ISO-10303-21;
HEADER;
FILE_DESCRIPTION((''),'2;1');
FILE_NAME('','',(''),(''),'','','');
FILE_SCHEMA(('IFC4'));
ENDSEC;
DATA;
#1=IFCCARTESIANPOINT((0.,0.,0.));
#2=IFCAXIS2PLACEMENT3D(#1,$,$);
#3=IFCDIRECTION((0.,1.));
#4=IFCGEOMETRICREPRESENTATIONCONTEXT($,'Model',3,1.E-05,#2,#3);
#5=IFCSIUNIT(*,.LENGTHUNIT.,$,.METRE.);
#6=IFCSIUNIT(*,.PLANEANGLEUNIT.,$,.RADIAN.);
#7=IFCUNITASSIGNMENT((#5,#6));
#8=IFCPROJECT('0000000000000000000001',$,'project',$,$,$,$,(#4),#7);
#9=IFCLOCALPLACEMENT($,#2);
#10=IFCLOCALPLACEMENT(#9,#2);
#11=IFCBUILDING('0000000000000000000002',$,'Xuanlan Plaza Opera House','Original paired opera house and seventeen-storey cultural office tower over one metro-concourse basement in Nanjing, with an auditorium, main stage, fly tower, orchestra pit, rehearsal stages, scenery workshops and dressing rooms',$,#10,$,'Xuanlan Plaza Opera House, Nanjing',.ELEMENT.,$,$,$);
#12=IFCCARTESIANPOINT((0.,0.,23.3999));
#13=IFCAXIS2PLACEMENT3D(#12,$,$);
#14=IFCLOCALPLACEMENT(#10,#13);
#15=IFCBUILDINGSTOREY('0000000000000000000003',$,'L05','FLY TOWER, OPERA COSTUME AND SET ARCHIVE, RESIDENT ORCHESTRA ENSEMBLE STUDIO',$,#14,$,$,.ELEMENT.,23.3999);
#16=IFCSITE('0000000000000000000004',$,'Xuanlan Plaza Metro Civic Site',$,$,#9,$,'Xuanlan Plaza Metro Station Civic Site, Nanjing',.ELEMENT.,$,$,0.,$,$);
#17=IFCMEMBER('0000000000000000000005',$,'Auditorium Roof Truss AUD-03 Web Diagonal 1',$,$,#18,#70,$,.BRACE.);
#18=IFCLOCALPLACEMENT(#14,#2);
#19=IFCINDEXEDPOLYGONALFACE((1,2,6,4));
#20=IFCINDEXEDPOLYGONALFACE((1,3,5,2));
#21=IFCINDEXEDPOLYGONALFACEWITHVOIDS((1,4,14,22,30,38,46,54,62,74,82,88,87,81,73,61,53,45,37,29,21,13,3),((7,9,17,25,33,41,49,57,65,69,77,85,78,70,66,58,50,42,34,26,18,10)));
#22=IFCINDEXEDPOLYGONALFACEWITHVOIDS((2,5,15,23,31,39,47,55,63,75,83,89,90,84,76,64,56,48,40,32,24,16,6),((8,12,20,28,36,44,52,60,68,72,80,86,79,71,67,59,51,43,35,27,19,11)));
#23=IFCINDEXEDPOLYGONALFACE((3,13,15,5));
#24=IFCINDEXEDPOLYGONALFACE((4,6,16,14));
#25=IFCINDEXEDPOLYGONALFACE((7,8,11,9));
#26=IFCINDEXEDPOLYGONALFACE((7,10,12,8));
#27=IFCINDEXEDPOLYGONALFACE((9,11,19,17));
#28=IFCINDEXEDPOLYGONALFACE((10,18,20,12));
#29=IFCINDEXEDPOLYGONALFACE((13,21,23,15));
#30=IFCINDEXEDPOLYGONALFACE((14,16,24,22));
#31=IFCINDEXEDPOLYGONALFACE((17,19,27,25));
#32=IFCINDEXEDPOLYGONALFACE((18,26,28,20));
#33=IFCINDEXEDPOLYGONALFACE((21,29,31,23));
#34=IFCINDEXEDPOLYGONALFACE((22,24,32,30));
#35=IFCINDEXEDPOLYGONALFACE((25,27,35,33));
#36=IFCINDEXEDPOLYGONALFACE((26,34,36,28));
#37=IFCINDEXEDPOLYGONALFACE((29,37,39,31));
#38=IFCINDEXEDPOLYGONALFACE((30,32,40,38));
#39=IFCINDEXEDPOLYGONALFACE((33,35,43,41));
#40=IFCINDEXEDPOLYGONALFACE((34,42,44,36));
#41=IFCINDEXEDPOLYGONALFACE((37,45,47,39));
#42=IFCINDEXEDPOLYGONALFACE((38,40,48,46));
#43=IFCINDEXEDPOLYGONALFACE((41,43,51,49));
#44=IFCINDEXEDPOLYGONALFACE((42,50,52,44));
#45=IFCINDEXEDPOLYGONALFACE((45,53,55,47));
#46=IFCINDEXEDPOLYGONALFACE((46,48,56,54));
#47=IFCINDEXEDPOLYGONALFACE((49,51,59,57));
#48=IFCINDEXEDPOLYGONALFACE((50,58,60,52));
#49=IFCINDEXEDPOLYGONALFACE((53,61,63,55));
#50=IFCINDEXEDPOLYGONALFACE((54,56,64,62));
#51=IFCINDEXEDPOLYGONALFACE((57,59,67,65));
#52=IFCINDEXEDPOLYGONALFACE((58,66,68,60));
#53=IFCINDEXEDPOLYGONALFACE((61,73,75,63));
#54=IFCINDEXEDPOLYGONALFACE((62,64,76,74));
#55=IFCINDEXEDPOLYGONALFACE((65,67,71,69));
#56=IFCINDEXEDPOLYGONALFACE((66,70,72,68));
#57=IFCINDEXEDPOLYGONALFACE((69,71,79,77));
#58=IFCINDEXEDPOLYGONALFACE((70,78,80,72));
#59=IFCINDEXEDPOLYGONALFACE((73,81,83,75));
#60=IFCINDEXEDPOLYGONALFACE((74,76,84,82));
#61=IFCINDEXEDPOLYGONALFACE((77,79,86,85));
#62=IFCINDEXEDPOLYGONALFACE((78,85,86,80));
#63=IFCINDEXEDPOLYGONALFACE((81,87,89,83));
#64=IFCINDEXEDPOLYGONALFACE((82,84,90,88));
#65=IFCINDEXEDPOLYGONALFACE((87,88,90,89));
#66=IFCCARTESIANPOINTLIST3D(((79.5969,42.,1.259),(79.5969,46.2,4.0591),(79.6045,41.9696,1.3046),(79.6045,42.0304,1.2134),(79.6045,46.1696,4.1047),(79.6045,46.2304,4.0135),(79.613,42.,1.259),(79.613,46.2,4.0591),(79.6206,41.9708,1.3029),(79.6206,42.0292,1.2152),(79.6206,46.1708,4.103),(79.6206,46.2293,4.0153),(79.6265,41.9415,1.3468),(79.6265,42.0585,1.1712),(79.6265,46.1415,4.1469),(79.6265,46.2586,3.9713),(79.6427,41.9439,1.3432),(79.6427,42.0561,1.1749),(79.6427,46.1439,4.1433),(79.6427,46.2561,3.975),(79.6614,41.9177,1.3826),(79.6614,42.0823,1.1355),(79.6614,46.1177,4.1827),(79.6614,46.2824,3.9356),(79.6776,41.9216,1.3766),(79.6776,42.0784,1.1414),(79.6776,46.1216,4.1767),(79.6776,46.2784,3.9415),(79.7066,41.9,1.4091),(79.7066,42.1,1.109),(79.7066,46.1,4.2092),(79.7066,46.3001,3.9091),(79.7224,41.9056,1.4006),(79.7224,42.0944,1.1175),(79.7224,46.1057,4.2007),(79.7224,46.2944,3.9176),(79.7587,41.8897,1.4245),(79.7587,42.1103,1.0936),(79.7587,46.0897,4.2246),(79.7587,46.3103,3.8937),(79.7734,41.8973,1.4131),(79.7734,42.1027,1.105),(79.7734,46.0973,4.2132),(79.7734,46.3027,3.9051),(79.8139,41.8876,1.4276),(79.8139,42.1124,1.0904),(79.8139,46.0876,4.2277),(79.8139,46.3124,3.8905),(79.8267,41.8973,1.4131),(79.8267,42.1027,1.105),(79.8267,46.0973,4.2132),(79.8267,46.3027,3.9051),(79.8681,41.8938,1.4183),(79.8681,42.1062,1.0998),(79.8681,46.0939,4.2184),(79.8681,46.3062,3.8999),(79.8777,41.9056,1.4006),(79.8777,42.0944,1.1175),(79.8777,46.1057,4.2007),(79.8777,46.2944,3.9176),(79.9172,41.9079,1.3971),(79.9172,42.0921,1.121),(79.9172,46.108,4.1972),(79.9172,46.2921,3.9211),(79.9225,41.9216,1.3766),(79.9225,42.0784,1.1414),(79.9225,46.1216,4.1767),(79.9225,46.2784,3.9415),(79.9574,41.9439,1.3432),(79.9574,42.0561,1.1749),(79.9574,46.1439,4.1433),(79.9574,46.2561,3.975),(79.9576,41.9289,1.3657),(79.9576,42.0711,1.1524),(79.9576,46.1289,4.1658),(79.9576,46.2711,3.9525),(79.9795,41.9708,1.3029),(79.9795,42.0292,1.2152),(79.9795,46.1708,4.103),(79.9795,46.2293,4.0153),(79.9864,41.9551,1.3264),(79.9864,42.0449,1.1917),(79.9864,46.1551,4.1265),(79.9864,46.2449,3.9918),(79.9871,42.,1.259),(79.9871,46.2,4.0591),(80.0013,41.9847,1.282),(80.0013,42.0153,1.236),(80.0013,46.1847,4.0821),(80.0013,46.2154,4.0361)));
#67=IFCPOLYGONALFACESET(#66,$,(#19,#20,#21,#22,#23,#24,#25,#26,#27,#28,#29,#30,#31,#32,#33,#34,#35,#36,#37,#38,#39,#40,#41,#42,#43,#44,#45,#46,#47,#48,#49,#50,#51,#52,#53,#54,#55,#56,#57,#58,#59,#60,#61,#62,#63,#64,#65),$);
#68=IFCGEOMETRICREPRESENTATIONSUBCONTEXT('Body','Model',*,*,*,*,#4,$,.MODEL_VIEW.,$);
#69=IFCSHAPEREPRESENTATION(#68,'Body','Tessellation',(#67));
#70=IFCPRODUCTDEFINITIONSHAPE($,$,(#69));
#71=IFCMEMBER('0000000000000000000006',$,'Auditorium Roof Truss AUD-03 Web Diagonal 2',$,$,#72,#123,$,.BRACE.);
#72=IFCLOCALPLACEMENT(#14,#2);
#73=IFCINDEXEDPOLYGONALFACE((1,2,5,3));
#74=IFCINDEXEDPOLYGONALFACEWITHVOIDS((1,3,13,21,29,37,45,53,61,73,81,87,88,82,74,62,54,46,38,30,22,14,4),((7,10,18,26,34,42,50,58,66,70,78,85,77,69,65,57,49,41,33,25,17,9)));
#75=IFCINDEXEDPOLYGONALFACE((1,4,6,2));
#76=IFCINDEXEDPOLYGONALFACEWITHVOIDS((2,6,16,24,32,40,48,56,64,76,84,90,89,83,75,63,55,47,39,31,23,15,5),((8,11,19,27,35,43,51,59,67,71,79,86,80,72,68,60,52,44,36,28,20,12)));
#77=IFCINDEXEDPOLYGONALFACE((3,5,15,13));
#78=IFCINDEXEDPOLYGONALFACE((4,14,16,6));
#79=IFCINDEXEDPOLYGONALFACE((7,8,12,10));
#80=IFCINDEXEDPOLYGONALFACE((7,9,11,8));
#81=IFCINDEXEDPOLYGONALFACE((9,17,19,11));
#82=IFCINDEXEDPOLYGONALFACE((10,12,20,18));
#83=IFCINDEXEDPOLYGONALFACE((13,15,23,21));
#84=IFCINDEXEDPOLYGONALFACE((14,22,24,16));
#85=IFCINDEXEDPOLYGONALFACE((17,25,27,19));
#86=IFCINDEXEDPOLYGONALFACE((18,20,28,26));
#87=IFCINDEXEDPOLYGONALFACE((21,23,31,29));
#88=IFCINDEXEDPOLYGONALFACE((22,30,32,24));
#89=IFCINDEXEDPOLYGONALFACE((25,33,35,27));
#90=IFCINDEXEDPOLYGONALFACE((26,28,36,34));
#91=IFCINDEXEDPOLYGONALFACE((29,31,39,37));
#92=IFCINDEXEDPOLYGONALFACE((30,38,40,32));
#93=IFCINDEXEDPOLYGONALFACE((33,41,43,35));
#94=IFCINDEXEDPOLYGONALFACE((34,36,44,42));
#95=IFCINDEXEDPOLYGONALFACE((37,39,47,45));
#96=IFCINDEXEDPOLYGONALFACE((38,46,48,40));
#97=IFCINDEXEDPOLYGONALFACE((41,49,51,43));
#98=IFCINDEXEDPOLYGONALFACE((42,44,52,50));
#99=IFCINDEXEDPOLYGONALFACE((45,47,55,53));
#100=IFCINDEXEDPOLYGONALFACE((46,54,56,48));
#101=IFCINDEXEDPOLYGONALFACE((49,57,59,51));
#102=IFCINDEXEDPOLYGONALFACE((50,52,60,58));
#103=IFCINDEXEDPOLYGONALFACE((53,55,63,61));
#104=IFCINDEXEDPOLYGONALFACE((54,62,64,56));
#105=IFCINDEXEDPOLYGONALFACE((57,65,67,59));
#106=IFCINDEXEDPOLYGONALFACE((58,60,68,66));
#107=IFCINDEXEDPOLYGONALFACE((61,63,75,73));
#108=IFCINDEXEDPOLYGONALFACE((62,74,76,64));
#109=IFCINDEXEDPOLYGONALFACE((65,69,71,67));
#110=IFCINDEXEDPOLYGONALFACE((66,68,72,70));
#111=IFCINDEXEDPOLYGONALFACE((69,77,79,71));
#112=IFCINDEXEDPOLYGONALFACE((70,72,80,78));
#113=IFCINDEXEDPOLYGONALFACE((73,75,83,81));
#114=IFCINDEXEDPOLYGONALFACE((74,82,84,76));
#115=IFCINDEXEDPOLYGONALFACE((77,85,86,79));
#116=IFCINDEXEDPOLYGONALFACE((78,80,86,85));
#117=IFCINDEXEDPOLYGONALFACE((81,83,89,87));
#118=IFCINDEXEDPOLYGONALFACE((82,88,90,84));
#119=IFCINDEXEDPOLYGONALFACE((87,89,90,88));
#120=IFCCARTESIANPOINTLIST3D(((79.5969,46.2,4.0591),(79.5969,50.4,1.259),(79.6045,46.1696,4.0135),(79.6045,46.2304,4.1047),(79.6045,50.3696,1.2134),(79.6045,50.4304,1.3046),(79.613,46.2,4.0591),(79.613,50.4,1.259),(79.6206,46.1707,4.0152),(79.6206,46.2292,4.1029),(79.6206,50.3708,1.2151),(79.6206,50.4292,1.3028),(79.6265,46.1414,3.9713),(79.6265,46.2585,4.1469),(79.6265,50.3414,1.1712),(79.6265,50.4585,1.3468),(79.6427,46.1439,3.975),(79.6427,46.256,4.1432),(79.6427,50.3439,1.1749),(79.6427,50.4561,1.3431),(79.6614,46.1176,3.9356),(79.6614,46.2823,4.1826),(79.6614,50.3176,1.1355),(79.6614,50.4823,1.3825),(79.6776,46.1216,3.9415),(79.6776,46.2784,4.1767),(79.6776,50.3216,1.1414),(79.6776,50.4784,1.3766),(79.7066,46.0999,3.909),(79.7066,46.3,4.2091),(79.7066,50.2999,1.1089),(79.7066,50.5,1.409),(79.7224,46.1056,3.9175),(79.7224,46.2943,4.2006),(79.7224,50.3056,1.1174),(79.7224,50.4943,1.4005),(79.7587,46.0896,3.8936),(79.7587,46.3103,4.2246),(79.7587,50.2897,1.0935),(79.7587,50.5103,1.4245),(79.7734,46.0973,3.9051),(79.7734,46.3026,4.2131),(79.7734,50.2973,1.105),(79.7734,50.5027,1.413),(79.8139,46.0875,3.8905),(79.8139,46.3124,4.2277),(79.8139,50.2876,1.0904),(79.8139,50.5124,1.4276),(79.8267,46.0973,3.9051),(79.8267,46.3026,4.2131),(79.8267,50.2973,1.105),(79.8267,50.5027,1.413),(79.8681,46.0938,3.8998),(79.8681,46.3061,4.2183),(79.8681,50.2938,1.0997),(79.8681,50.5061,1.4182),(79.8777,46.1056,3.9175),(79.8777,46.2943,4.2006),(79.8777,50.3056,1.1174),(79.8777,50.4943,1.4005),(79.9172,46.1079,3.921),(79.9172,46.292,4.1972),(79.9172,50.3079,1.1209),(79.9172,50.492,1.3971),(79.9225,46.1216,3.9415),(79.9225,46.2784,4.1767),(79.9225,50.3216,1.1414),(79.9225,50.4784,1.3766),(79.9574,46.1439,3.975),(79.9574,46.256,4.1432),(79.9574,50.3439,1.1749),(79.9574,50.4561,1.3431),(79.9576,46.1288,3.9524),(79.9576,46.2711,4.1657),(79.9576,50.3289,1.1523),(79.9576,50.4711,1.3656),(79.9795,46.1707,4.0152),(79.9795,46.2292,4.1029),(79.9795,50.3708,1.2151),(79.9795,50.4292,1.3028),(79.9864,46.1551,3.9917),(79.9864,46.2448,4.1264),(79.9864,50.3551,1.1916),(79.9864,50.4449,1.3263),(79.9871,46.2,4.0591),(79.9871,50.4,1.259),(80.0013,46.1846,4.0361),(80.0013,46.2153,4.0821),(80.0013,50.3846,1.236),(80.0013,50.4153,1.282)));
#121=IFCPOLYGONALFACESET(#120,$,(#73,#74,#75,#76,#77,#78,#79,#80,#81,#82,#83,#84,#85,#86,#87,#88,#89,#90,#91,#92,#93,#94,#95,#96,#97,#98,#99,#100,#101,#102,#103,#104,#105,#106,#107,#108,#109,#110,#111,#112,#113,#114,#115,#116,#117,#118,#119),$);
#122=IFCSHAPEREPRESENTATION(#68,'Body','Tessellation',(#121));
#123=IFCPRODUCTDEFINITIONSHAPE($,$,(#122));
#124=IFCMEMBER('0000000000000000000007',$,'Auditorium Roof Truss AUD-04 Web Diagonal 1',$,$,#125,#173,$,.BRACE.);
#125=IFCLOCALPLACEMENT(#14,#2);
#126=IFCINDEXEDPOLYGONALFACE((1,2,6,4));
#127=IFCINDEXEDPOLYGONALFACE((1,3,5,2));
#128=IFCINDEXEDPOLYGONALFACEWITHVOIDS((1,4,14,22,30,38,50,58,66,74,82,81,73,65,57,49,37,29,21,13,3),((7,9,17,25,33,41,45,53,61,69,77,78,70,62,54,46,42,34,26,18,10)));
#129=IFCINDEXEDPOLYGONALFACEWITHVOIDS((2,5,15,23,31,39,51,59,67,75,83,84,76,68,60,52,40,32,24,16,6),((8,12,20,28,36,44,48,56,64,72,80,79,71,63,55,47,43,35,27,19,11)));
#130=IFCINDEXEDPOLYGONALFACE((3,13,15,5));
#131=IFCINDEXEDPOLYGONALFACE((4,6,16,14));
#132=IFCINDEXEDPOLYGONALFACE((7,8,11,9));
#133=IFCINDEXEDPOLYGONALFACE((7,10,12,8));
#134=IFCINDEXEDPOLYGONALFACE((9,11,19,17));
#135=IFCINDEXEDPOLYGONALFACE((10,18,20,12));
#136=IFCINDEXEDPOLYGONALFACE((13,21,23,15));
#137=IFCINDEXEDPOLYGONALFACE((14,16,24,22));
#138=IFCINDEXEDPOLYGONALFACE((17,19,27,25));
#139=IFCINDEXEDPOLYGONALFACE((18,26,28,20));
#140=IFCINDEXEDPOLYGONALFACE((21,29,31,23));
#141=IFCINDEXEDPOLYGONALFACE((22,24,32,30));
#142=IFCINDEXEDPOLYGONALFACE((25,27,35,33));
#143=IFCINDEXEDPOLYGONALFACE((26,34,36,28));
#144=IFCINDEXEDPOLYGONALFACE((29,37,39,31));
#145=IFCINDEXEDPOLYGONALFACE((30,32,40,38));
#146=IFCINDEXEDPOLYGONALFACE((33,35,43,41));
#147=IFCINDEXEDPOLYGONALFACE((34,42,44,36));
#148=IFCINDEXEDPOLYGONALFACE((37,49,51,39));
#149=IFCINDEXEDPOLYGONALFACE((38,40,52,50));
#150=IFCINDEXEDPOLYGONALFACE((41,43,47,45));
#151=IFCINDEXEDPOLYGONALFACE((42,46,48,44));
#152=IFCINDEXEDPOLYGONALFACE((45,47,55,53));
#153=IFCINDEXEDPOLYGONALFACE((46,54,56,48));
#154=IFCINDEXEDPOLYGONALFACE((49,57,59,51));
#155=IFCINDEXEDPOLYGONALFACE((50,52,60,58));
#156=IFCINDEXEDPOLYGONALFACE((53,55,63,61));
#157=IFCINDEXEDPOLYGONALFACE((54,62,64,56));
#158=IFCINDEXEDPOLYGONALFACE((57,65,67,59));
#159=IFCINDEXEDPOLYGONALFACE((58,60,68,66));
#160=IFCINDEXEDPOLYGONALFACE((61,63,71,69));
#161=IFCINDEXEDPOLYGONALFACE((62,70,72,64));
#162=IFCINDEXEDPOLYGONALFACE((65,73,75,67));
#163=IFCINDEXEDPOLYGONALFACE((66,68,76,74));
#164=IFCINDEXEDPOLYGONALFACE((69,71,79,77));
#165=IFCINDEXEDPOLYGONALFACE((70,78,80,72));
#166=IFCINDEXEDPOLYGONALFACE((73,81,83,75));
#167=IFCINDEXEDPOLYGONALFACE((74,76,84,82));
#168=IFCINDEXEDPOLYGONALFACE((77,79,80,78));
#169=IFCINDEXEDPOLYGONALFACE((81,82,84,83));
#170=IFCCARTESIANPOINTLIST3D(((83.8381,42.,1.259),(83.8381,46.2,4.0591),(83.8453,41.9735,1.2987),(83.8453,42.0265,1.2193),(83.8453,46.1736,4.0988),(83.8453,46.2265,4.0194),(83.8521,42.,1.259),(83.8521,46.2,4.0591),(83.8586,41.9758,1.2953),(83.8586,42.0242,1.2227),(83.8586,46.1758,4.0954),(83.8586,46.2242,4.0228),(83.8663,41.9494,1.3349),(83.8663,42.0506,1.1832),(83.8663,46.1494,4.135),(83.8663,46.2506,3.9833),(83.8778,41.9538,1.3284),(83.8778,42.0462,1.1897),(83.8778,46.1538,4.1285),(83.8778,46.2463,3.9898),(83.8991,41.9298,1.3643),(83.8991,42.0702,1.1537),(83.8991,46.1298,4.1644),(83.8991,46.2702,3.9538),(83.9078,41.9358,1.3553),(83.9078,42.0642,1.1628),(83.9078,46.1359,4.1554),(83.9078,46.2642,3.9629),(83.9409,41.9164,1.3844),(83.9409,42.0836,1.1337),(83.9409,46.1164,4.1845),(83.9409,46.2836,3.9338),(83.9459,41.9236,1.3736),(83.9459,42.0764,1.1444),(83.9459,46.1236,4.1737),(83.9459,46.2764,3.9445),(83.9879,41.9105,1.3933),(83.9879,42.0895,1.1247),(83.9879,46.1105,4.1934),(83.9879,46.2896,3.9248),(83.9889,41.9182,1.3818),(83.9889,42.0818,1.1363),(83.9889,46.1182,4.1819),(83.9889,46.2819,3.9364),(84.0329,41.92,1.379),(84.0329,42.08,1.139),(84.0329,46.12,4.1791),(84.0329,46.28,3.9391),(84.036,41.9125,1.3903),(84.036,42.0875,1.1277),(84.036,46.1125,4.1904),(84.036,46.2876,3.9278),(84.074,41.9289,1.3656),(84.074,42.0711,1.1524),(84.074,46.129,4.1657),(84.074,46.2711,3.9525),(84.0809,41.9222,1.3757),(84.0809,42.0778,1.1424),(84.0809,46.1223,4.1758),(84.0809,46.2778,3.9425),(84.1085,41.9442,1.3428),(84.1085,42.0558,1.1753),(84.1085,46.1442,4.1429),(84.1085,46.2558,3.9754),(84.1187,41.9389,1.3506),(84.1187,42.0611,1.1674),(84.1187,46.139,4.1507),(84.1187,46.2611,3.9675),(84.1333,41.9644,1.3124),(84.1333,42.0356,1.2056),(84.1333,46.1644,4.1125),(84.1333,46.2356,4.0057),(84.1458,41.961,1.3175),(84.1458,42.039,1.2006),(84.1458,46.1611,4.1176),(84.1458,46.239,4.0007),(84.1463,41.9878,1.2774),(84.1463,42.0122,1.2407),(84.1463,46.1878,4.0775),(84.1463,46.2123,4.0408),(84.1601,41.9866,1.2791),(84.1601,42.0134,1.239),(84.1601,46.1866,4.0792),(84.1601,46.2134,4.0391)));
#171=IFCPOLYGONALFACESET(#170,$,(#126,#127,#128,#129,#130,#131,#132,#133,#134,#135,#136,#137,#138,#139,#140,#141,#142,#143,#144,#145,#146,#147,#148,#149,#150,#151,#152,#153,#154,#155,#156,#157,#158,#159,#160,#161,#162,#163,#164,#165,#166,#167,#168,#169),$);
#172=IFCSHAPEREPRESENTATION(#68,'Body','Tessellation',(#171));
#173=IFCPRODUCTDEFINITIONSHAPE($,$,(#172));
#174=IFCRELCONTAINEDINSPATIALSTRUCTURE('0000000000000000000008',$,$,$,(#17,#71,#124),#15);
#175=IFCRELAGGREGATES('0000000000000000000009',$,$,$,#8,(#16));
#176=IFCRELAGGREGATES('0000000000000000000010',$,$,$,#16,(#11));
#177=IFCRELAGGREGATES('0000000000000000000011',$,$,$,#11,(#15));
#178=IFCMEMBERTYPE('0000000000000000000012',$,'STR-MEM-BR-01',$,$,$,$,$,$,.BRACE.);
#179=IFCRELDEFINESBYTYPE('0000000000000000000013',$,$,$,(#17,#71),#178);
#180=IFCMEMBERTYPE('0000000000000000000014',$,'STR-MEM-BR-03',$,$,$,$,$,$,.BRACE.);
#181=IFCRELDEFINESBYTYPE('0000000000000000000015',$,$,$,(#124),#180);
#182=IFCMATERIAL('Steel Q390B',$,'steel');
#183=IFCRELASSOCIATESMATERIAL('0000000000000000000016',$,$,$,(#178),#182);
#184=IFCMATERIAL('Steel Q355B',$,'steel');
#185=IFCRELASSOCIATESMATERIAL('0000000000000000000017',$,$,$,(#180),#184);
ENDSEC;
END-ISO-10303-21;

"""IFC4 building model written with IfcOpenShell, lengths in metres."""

from ifc_helpers import new_model, si_unit, direction, frame, origin, origin_2d, place, context, subcontext, project, spatial, hollow_circle, extrude, material, material_profile, profile_set, type_object, element, save


model = new_model("IFC4")

# Units and contexts
model_context = context("Model", 3, precision=1e-05, world=origin(), true_north=direction((0.0, 1.0)))
body_context = subcontext(model_context, "Body", "Model", "MODEL_VIEW")
ifc_project = project(units=[si_unit("LENGTHUNIT", "METRE"), si_unit("PLANEANGLEUNIT", "RADIAN")], contexts=[model_context])

# Site, building, storey
site_placement = place(None, origin())
site = spatial("IfcSite", under=ifc_project, at=site_placement, Name="Xuanlan Plaza Metro Civic Site", LongName="Xuanlan Plaza Metro Station Civic Site, Nanjing", CompositionType="ELEMENT", RefElevation=0.0)
building_placement = place(site_placement, origin())
building = spatial("IfcBuilding", under=site, at=building_placement, Name="Xuanlan Plaza Opera House", Description="Original paired opera house and seventeen-storey cultural office tower over one metro-concourse basement in Nanjing, with an auditorium, main stage, fly tower, orchestra pit, rehearsal stages, scenery workshops and dressing rooms", LongName="Xuanlan Plaza Opera House, Nanjing", CompositionType="ELEMENT")
storey_placement = place(building_placement, frame((0.0, 0.0, 23.3999)))
storey = spatial("IfcBuildingStorey", under=building, at=storey_placement, Name="L05", Description="FLY TOWER, OPERA COSTUME AND SET ARCHIVE, RESIDENT ORCHESTRA ENSEMBLE STUDIO", CompositionType="ELEMENT", Elevation=23.3999)

# Shared definitions
ifc_material_1 = material(Name="Steel Q390B", Category="steel")
ifc_material_2 = material(Name="Steel Q355B", Category="steel")

# Members
ifc_material_profile_1 = material_profile(ifc_material_1, hollow_circle(Radius=0.2031, WallThickness=0.0161, at=origin_2d()), Name="CHS 406.4x16")
ifc_profile_set_1 = profile_set([ifc_material_profile_1], Name="Steel Q390B")
member_type_1 = type_object("IfcMemberType", Name="STR-MEM-BR-01", PredefinedType="BRACE", material=ifc_profile_set_1)
for number, where, z_axis, x_axis, name in (
    (1, (79.8, 42.0, 1.259), (0.0, 0.832043, 0.554711), (-1.0, 0.0, 0.0), "Auditorium Roof Truss AUD-03 Web Diagonal 1"),
    (2, (79.8, 46.2, 4.0591), (0.0, 0.832043, -0.554711), (-1.0, 0.0, 0.0), "Auditorium Roof Truss AUD-03 Web Diagonal 2"),
):
    element("IfcMember", number, at=place(storey_placement, frame(where, z_axis=z_axis, x_axis=x_axis)), inside=storey, type_object=member_type_1, Name=name, PredefinedType="BRACE", context=body_context, shape_type="SweptSolid", body=[
        extrude(hollow_circle(Radius=0.2031, WallThickness=0.0161, at=origin_2d()), origin(), (0.0, 0.0, 1.0), 5.0479),
    ])
ifc_material_profile_2 = material_profile(ifc_material_2, hollow_circle(Radius=0.1619, WallThickness=0.0139, at=origin_2d()), Name="CHS 323.9x14")
ifc_profile_set_2 = profile_set([ifc_material_profile_2], Name="Steel Q355B")
member_type_2 = type_object("IfcMemberType", Name="STR-MEM-BR-03", PredefinedType="BRACE", material=ifc_profile_set_2)
for number, where, z_axis, x_axis, name in (
    (3, (84.0, 42.0, 1.259), (0.0, 0.832043, 0.554711), (-1.0, 0.0, 0.0), "Auditorium Roof Truss AUD-04 Web Diagonal 1"),
):
    element("IfcMember", number, at=place(storey_placement, frame(where, z_axis=z_axis, x_axis=x_axis)), inside=storey, type_object=member_type_2, Name=name, PredefinedType="BRACE", context=body_context, shape_type="SweptSolid", body=[
        extrude(hollow_circle(Radius=0.1619, WallThickness=0.0139, at=origin_2d()), origin(), (0.0, 0.0, 1.0), 5.0479),
    ])

save(model, "model.ifc")
